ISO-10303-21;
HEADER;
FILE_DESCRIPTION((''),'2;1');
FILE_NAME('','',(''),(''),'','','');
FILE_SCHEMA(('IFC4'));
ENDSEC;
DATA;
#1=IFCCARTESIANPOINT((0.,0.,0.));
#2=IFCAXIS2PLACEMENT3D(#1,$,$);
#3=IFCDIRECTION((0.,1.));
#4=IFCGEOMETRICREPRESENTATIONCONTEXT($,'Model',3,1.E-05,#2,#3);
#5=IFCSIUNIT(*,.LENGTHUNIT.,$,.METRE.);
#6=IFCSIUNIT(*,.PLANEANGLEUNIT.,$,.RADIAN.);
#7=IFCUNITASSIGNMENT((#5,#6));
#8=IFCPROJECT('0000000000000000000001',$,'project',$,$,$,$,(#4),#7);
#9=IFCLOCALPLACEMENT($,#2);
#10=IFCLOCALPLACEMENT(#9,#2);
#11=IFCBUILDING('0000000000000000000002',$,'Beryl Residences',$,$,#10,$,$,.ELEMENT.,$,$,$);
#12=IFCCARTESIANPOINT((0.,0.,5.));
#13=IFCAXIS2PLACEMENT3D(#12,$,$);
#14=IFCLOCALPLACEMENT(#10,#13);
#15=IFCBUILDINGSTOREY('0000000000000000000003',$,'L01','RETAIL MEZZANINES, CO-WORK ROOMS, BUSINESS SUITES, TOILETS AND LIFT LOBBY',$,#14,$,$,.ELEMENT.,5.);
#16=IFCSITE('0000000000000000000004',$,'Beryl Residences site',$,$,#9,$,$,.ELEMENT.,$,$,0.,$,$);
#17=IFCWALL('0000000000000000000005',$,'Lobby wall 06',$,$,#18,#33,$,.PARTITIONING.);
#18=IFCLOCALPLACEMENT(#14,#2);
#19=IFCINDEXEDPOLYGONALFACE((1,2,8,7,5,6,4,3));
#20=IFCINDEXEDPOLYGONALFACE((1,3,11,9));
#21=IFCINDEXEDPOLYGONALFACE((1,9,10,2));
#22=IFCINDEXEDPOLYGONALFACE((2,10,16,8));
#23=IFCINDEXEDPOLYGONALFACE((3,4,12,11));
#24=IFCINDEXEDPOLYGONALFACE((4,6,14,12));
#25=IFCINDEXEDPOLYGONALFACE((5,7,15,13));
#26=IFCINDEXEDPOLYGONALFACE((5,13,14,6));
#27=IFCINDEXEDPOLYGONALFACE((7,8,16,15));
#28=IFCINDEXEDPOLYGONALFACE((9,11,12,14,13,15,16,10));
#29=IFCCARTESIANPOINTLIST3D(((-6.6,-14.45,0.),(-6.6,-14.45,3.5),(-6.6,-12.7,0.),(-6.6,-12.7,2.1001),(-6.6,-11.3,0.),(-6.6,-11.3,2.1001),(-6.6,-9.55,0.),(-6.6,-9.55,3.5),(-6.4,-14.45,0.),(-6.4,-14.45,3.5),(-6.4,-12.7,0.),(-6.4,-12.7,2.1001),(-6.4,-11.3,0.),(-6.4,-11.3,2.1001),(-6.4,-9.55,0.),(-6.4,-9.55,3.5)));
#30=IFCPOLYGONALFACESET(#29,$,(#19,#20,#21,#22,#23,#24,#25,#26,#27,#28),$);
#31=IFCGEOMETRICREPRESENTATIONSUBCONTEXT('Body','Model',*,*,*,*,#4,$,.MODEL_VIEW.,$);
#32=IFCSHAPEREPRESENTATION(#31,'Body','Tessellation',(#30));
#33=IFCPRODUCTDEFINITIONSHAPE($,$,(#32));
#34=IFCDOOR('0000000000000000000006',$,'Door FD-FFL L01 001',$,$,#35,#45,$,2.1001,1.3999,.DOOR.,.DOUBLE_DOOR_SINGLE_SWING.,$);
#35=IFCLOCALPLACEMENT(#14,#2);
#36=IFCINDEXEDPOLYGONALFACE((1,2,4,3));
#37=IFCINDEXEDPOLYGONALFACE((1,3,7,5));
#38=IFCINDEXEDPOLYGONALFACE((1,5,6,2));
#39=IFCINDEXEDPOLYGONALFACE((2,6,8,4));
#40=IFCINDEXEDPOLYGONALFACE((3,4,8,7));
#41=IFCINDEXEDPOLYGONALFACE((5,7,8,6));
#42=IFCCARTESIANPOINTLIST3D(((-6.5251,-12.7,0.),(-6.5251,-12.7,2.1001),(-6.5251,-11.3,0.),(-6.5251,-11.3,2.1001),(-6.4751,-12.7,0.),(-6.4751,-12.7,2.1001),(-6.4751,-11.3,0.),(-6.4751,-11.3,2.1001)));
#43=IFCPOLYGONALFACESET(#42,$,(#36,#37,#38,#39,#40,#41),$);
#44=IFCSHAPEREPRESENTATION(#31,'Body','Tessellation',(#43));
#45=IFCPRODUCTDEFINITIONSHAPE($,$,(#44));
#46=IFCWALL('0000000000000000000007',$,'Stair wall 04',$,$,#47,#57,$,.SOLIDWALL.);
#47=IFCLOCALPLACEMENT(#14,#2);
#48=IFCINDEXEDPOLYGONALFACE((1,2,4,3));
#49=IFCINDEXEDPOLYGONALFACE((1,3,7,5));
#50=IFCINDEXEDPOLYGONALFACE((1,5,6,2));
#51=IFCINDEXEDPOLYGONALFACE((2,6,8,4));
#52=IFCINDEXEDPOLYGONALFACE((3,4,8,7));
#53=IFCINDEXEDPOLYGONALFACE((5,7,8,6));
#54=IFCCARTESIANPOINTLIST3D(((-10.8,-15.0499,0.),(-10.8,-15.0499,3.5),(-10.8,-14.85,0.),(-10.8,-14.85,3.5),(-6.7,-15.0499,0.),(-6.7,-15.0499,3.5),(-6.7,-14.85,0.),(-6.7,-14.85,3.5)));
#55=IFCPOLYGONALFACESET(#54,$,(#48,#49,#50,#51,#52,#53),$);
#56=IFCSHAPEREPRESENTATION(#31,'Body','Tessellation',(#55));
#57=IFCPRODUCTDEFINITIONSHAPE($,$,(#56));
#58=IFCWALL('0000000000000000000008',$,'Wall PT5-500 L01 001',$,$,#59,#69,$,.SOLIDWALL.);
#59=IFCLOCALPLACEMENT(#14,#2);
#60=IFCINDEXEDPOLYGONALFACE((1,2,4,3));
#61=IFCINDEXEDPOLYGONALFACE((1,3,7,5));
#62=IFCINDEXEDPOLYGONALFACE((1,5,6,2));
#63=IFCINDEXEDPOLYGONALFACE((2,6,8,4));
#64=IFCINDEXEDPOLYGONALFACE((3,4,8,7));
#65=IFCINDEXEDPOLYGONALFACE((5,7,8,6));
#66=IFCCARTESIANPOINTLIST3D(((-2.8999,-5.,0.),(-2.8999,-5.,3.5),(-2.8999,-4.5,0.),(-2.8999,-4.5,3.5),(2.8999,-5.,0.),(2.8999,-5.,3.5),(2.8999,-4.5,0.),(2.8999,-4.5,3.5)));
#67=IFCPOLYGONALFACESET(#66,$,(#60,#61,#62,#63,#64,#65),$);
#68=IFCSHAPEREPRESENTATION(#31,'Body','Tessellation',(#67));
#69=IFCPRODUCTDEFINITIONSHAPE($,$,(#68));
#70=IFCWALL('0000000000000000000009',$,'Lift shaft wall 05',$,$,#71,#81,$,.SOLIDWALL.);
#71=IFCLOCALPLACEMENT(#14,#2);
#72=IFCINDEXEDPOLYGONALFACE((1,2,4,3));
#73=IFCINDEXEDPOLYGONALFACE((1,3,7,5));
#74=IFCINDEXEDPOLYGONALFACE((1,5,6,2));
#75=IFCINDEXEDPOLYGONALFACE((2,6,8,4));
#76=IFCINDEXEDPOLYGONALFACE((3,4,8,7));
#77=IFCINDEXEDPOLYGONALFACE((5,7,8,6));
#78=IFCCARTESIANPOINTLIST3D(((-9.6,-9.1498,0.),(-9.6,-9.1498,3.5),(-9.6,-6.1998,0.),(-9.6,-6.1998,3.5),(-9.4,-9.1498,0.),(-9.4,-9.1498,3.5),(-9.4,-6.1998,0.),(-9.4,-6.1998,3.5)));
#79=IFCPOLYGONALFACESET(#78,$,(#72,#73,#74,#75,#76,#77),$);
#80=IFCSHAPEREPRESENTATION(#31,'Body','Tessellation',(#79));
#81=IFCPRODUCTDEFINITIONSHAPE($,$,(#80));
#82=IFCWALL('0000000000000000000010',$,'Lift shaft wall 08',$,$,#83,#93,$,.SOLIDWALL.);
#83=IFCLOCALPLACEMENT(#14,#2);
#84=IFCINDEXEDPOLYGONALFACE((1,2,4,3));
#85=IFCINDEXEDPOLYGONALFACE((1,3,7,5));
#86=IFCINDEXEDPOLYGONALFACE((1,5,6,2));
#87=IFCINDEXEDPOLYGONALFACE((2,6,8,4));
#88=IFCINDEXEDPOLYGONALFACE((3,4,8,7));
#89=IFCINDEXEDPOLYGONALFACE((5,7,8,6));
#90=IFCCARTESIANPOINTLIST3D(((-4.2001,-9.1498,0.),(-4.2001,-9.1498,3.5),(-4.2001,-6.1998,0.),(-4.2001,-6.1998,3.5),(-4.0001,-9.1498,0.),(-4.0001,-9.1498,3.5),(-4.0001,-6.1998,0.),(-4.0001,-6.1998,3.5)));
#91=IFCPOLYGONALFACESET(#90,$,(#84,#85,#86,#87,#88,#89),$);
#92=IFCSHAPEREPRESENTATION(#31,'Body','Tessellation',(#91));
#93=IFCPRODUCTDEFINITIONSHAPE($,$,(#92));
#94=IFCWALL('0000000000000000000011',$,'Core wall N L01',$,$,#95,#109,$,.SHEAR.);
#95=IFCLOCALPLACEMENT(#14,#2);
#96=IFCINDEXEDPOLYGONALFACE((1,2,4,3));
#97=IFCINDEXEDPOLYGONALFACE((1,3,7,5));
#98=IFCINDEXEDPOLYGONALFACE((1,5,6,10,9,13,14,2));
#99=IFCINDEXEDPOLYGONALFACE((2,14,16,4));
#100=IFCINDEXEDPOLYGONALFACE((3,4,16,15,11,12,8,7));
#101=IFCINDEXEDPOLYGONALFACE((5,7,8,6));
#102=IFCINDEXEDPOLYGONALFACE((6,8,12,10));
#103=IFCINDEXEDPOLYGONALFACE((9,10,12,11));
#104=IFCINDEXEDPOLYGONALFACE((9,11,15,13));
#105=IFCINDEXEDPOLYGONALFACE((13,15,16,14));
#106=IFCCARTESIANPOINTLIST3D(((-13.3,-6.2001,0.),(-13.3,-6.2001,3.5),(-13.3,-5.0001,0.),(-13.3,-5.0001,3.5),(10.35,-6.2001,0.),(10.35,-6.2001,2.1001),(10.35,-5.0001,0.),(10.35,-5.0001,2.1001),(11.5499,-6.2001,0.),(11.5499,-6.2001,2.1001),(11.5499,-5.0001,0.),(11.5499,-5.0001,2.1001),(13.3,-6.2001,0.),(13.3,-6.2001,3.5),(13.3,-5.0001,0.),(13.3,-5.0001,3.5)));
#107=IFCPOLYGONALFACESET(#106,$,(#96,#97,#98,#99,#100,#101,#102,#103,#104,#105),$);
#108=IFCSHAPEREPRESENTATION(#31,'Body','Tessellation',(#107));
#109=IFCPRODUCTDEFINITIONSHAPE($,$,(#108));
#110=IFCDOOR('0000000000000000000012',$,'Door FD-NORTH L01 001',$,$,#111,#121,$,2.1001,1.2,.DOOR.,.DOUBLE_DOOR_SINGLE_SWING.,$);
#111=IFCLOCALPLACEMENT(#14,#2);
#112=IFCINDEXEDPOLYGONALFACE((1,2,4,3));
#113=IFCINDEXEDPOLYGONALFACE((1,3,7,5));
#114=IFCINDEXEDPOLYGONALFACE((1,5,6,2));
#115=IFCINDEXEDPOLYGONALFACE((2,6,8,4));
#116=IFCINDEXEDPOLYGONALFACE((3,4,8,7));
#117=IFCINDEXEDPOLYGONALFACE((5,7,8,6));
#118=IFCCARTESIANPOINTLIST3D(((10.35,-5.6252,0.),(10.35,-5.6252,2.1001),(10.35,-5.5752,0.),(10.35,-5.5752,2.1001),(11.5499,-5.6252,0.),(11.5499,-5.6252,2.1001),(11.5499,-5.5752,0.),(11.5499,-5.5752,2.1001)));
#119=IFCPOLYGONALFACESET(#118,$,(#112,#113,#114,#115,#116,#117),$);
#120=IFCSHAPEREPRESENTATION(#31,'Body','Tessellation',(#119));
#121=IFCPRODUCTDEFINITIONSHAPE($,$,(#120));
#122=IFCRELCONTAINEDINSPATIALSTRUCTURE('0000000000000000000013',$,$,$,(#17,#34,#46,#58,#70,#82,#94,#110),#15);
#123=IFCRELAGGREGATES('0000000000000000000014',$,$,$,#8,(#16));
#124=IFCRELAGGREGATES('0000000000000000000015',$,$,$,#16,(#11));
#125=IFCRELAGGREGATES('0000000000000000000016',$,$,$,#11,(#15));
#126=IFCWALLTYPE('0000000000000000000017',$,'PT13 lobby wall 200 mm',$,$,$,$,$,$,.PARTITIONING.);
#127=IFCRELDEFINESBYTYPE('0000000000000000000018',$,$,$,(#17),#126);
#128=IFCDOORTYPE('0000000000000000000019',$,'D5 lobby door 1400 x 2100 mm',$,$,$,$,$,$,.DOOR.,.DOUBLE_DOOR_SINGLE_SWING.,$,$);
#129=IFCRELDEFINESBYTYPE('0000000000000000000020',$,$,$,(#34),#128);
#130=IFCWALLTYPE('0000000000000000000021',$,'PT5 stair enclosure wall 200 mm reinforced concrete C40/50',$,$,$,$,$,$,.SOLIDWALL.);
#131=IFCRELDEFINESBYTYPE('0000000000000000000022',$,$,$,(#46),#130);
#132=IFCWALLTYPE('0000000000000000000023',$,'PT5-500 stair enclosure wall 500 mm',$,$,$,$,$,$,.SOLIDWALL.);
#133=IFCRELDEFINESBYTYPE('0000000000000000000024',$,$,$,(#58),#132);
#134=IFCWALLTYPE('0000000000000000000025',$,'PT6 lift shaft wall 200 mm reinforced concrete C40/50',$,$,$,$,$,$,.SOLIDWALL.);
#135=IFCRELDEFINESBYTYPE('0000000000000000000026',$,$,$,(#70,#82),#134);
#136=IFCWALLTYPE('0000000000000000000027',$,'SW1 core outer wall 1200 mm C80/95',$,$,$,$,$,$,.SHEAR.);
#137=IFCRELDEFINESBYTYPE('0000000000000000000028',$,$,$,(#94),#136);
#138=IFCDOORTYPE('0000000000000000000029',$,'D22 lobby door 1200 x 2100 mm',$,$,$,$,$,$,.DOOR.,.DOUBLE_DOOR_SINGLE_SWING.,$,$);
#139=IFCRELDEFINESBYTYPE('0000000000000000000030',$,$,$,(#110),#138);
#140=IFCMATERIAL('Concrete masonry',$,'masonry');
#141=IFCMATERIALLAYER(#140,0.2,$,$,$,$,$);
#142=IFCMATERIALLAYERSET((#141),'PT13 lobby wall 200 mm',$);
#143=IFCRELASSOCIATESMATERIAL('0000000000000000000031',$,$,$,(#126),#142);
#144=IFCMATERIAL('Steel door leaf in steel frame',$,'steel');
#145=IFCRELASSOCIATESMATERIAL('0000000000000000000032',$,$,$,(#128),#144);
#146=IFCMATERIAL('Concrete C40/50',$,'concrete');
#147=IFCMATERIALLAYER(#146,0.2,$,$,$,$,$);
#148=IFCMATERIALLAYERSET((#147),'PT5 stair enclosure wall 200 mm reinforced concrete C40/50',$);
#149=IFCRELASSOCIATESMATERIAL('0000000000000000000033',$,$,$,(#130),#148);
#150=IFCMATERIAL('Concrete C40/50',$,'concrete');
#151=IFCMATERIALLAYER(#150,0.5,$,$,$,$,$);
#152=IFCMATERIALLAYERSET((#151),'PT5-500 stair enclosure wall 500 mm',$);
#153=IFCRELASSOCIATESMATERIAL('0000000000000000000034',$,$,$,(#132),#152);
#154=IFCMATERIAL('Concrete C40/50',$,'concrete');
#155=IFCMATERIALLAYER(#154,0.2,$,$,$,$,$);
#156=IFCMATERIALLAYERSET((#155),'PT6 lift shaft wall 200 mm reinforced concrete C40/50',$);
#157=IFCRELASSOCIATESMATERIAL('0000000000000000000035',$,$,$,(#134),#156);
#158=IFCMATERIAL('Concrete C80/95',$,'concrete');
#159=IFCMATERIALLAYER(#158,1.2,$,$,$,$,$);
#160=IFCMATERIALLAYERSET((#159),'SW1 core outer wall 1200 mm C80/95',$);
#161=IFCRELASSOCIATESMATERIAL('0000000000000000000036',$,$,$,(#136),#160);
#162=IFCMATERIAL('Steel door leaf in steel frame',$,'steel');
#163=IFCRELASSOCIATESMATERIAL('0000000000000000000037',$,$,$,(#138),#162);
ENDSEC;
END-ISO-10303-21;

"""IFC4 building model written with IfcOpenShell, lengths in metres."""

from ifc_helpers import new_model, si_unit, direction, frame, frame_2d, origin, place, context, subcontext, project, spatial, rectangle, extrude, material, layer, layer_set, type_object, element, fill, save


model = new_model("IFC4")

# Units and contexts
model_context = context("Model", 3, precision=1e-05, world=origin(), true_north=direction((0.0, 1.0)))
body_context = subcontext(model_context, "Body", "Model", "MODEL_VIEW")
ifc_project = project(units=[si_unit("LENGTHUNIT", "METRE"), si_unit("PLANEANGLEUNIT", "RADIAN")], contexts=[model_context])

# Site, building, storey
site_placement = place(None, origin())
site = spatial("IfcSite", under=ifc_project, at=site_placement, Name="Beryl Residences site", CompositionType="ELEMENT", RefElevation=0.0)
building_placement = place(site_placement, origin())
building = spatial("IfcBuilding", under=site, at=building_placement, Name="Beryl Residences", CompositionType="ELEMENT")
storey_placement = place(building_placement, frame((0.0, 0.0, 5.0)))
storey = spatial("IfcBuildingStorey", under=building, at=storey_placement, Name="L01", Description="RETAIL MEZZANINES, CO-WORK ROOMS, BUSINESS SUITES, TOILETS AND LIFT LOBBY", CompositionType="ELEMENT", Elevation=5.0)

# Wall, opening, door
ifc_material_1 = material(Name="Concrete masonry", Category="masonry")
ifc_layer_1 = layer(ifc_material_1, 0.2)
ifc_layer_set_1 = layer_set([ifc_layer_1], Name="PT13 lobby wall 200 mm")
wall_type_1 = type_object("IfcWallType", Name="PT13 lobby wall 200 mm", PredefinedType="PARTITIONING", material=ifc_layer_set_1)
wall_1_placement = place(storey_placement, frame((-6.5, -14.45, 0.0), z_axis=(0.0, 0.0, 1.0), x_axis=(0.0, 1.0, 0.0)))
wall_1 = element("IfcWall", 1, at=wall_1_placement, inside=storey, type_object=wall_type_1, Name="Lobby wall 06", PredefinedType="PARTITIONING", context=body_context, shape_type="SweptSolid", body=[
    extrude(rectangle(XDim=4.8999, YDim=0.2, at=frame_2d((2.45, 0.0))), origin(), (0.0, 0.0, 1.0), 3.5),
])
opening_1_placement = place(wall_1_placement, frame((3.1499, 0.0, 0.0), z_axis=(0.0, 0.0, 1.0), x_axis=(-1.0, 0.0, 0.0)))
opening_1 = element("IfcOpeningElement", 2, at=opening_1_placement, cuts=wall_1, PredefinedType="OPENING", context=body_context, shape_type="SweptSolid", body=[
    extrude(rectangle(XDim=1.3999, YDim=2.1001, at=frame_2d((0.7, 1.05))), frame((0.0, 0.1099, 0.0), z_axis=(0.0, -1.0, 0.0), x_axis=(1.0, 0.0, 0.0)), (0.0, 0.0, 1.0), 0.22),
])
ifc_material_2 = material(Name="Steel door leaf in steel frame", Category="steel")
door_type_1 = type_object("IfcDoorType", Name="D5 lobby door 1400 x 2100 mm", OperationType="DOUBLE_DOOR_SINGLE_SWING", PredefinedType="DOOR", material=ifc_material_2)
door_1_placement = place(opening_1_placement, origin())
door_1 = element("IfcDoor", 3, at=door_1_placement, inside=storey, type_object=door_type_1, Name="Door FD-FFL L01 001", OperationType="DOUBLE_DOOR_SINGLE_SWING", OverallHeight=2.1001, OverallWidth=1.3999, PredefinedType="DOOR", context=body_context, shape_type="SweptSolid", body=[
    extrude(rectangle(XDim=1.3999, YDim=2.1001, at=frame_2d((0.7, 1.05))), frame((0.0, 0.0249, 0.0), z_axis=(0.0, -1.0, 0.0), x_axis=(1.0, 0.0, 0.0)), (0.0, 0.0, 1.0), 0.05),
])
fill(opening_1, door_1)

# Walls
ifc_material_3 = material(Name="Concrete C40/50", Category="concrete")
ifc_layer_2 = layer(ifc_material_3, 0.2)
ifc_layer_set_2 = layer_set([ifc_layer_2], Name="PT5 stair enclosure wall 200 mm reinforced concrete C40/50")
wall_type_2 = type_object("IfcWallType", Name="PT5 stair enclosure wall 200 mm reinforced concrete C40/50", PredefinedType="SOLIDWALL", material=ifc_layer_set_2)
wall_2_placement = place(storey_placement, frame((-10.8, -14.95, 0.0), z_axis=(0.0, 0.0, 1.0), x_axis=(1.0, 0.0, 0.0)))
element("IfcWall", 4, at=wall_2_placement, inside=storey, type_object=wall_type_2, Name="Stair wall 04", PredefinedType="SOLIDWALL", context=body_context, shape_type="SweptSolid", body=[
    extrude(rectangle(XDim=4.1001, YDim=0.2, at=frame_2d((2.05, 0.0))), origin(), (0.0, 0.0, 1.0), 3.5),
])
ifc_material_4 = material(Name="Concrete C40/50", Category="concrete")
ifc_layer_3 = layer(ifc_material_4, 0.5)
ifc_layer_set_3 = layer_set([ifc_layer_3], Name="PT5-500 stair enclosure wall 500 mm")
wall_type_3 = type_object("IfcWallType", Name="PT5-500 stair enclosure wall 500 mm", PredefinedType="SOLIDWALL", material=ifc_layer_set_3)
wall_3_placement = place(storey_placement, frame((-2.8999, -4.75, 0.0), z_axis=(0.0, 0.0, 1.0), x_axis=(1.0, 0.0, 0.0)))
element("IfcWall", 5, at=wall_3_placement, inside=storey, type_object=wall_type_3, Name="Wall PT5-500 L01 001", PredefinedType="SOLIDWALL", context=body_context, shape_type="SweptSolid", body=[
    extrude(rectangle(XDim=5.7998, YDim=0.5, at=frame_2d((2.8999, 0.0))), origin(), (0.0, 0.0, 1.0), 3.5),
])
ifc_material_5 = material(Name="Concrete C40/50", Category="concrete")
ifc_layer_4 = layer(ifc_material_5, 0.2)
ifc_layer_set_4 = layer_set([ifc_layer_4], Name="PT6 lift shaft wall 200 mm reinforced concrete C40/50")
wall_type_4 = type_object("IfcWallType", Name="PT6 lift shaft wall 200 mm reinforced concrete C40/50", PredefinedType="SOLIDWALL", material=ifc_layer_set_4)
for number, where, z_axis, x_axis, name in (
    (6, (-9.5, -9.1499, 0.0), (0.0, 0.0, 1.0), (0.0, 1.0, 0.0), "Lift shaft wall 05"),
    (7, (-4.1001, -9.1499, 0.0), (0.0, 0.0, 1.0), (0.0, 1.0, 0.0), "Lift shaft wall 08"),
):
    element("IfcWall", number, at=place(storey_placement, frame(where, z_axis=z_axis, x_axis=x_axis)), inside=storey, type_object=wall_type_4, Name=name, PredefinedType="SOLIDWALL", context=body_context, shape_type="SweptSolid", body=[
        extrude(rectangle(XDim=2.95, YDim=0.2, at=frame_2d((1.4751, 0.0))), origin(), (0.0, 0.0, 1.0), 3.5),
    ])

# Wall, opening, door
ifc_material_6 = material(Name="Concrete C80/95", Category="concrete")
ifc_layer_5 = layer(ifc_material_6, 1.2)
ifc_layer_set_5 = layer_set([ifc_layer_5], Name="SW1 core outer wall 1200 mm C80/95")
wall_type_5 = type_object("IfcWallType", Name="SW1 core outer wall 1200 mm C80/95", PredefinedType="SHEAR", material=ifc_layer_set_5)
wall_4_placement = place(storey_placement, frame((-13.3, -5.6001, 0.0), z_axis=(0.0, 0.0, 1.0), x_axis=(1.0, 0.0, 0.0)))
wall_4 = element("IfcWall", 8, at=wall_4_placement, inside=storey, type_object=wall_type_5, Name="Core wall N L01", PredefinedType="SHEAR", context=body_context, shape_type="SweptSolid", body=[
    extrude(rectangle(XDim=26.6001, YDim=1.2, at=frame_2d((13.3, 0.0))), origin(), (0.0, 0.0, 1.0), 3.5),
])
opening_2_placement = place(wall_4_placement, frame((23.6499, 0.0, 0.0)))
opening_2 = element("IfcOpeningElement", 9, at=opening_2_placement, cuts=wall_4, PredefinedType="OPENING", context=body_context, shape_type="SweptSolid", body=[
    extrude(rectangle(XDim=1.2, YDim=2.1001, at=frame_2d((0.6001, 1.05))), frame((0.0, 0.6099, 0.0), z_axis=(0.0, -1.0, 0.0), x_axis=(1.0, 0.0, 0.0)), (0.0, 0.0, 1.0), 1.22),
])
ifc_material_7 = material(Name="Steel door leaf in steel frame", Category="steel")
door_type_2 = type_object("IfcDoorType", Name="D22 lobby door 1200 x 2100 mm", OperationType="DOUBLE_DOOR_SINGLE_SWING", PredefinedType="DOOR", material=ifc_material_7)
door_2_placement = place(opening_2_placement, origin())
door_2 = element("IfcDoor", 10, at=door_2_placement, inside=storey, type_object=door_type_2, Name="Door FD-NORTH L01 001", OperationType="DOUBLE_DOOR_SINGLE_SWING", OverallHeight=2.1001, OverallWidth=1.2, PredefinedType="DOOR", context=body_context, shape_type="SweptSolid", body=[
    extrude(rectangle(XDim=1.2, YDim=2.1001, at=frame_2d((0.6001, 1.05))), frame((0.0, 0.0249, 0.0), z_axis=(0.0, -1.0, 0.0), x_axis=(1.0, 0.0, 0.0)), (0.0, 0.0, 1.0), 0.05),
])
fill(opening_2, door_2)

save(model, "model.ifc")
